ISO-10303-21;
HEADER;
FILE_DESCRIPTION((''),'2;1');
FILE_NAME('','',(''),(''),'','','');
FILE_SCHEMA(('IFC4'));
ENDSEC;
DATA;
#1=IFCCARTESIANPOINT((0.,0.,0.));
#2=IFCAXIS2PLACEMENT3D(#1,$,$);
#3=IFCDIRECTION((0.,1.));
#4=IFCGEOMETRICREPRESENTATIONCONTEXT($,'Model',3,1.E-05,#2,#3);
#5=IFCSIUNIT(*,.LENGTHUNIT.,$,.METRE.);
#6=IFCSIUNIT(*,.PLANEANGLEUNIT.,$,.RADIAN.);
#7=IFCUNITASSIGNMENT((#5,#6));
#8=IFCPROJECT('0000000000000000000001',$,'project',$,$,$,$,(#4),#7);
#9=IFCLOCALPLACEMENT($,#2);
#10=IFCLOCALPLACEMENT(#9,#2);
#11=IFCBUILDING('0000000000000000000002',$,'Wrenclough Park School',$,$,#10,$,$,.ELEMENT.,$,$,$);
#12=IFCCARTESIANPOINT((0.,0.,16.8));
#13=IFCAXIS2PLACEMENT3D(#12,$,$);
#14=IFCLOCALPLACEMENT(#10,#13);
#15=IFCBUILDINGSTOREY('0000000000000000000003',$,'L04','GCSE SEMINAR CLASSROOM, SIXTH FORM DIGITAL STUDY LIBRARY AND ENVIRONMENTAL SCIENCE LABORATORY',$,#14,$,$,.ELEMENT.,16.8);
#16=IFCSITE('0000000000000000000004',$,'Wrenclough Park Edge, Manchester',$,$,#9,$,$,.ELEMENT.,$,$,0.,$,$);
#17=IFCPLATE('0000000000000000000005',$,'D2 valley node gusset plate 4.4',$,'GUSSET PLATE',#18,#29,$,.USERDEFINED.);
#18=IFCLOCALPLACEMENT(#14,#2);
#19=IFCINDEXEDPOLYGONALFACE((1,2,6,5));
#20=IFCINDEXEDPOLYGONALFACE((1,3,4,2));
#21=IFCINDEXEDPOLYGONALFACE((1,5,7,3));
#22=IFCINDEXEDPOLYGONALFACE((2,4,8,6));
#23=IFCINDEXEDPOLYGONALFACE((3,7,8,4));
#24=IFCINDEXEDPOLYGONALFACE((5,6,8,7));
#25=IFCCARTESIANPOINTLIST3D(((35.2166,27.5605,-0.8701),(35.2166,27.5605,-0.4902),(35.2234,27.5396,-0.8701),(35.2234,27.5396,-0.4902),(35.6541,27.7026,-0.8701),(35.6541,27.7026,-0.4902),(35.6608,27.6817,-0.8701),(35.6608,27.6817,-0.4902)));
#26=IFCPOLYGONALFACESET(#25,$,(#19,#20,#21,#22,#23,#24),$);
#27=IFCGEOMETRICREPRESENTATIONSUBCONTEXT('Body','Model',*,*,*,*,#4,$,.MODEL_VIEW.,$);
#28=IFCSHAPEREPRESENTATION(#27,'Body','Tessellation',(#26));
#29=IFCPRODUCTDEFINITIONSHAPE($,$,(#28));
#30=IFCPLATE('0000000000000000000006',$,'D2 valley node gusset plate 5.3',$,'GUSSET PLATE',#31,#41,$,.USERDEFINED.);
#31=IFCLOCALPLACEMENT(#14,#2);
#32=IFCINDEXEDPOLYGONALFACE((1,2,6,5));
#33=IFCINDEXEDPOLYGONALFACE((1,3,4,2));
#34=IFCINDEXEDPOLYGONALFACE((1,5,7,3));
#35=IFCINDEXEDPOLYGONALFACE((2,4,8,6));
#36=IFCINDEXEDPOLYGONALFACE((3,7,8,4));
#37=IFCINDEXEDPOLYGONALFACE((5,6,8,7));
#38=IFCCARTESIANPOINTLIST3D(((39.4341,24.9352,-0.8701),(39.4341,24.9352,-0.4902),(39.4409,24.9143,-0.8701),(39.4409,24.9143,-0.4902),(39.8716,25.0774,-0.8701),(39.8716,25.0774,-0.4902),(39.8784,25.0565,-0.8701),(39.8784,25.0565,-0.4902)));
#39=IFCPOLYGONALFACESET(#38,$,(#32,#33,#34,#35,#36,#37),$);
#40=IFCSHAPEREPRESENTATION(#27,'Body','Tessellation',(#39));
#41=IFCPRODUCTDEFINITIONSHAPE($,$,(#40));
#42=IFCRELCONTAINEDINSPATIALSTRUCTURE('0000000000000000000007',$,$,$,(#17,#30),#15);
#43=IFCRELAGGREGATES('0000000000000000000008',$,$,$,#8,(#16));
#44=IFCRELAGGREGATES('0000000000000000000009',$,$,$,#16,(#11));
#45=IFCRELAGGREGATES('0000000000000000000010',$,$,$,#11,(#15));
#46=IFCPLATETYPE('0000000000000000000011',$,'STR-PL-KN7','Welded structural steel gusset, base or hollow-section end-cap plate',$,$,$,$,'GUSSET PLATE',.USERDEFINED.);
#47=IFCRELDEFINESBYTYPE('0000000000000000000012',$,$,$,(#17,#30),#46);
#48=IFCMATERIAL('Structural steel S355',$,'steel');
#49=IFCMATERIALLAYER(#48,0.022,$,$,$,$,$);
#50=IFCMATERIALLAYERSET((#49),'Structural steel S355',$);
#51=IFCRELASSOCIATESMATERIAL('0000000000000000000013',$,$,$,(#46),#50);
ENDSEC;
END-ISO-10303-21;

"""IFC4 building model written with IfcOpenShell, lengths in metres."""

from ifc_helpers import new_model, si_unit, direction, frame, origin, origin_2d, place, context, subcontext, project, spatial, rectangle, extrude, material, layer, layer_set, type_object, element, save


model = new_model("IFC4")

# Units and contexts
model_context = context("Model", 3, precision=1e-05, world=origin(), true_north=direction((0.0, 1.0)))
body_context = subcontext(model_context, "Body", "Model", "MODEL_VIEW")
ifc_project = project(units=[si_unit("LENGTHUNIT", "METRE"), si_unit("PLANEANGLEUNIT", "RADIAN")], contexts=[model_context])

# Site, building, storey
site_placement = place(None, origin())
site = spatial("IfcSite", under=ifc_project, at=site_placement, Name="Wrenclough Park Edge, Manchester", CompositionType="ELEMENT", RefElevation=0.0)
building_placement = place(site_placement, origin())
building = spatial("IfcBuilding", under=site, at=building_placement, Name="Wrenclough Park School", CompositionType="ELEMENT")
storey_placement = place(building_placement, frame((0.0, 0.0, 16.8)))
storey = spatial("IfcBuildingStorey", under=building, at=storey_placement, Name="L04", Description="GCSE SEMINAR CLASSROOM, SIXTH FORM DIGITAL STUDY LIBRARY AND ENVIRONMENTAL SCIENCE LABORATORY", CompositionType="ELEMENT", Elevation=16.8)

# Shared definitions
ifc_material = material(Name="Structural steel S355", Category="steel")

# Plates
ifc_layer_1 = layer(ifc_material, 0.022)
ifc_layer_set_1 = layer_set([ifc_layer_1], Name="Structural steel S355")
plate_type_1 = type_object("IfcPlateType", Name="STR-PL-KN7", Description="Welded structural steel gusset, base or hollow-section end-cap plate", ElementType="GUSSET PLATE", PredefinedType="USERDEFINED", material=ifc_layer_set_1)
for number, where, z_axis, x_axis, name in (
    (1, (35.4387, 27.6211, -0.8701), (0.0, 0.0, 1.0), (0.951057, 0.309017, 0.0), "D2 valley node gusset plate 4.4"),
    (2, (39.6562, 24.9958, -0.8701), (0.0, 0.0, 1.0), (0.951057, 0.309017, 0.0), "D2 valley node gusset plate 5.3"),
):
    element("IfcPlate", number, at=place(storey_placement, frame(where, z_axis=z_axis, x_axis=x_axis)), inside=storey, type_object=plate_type_1, Name=name, ObjectType="GUSSET PLATE", PredefinedType="USERDEFINED", context=body_context, shape_type="SweptSolid", body=[
        extrude(rectangle(XDim=0.46, YDim=0.022, at=origin_2d()), origin(), (0.0, 0.0, 1.0), 0.3799),
    ])

save(model, "model.ifc")
